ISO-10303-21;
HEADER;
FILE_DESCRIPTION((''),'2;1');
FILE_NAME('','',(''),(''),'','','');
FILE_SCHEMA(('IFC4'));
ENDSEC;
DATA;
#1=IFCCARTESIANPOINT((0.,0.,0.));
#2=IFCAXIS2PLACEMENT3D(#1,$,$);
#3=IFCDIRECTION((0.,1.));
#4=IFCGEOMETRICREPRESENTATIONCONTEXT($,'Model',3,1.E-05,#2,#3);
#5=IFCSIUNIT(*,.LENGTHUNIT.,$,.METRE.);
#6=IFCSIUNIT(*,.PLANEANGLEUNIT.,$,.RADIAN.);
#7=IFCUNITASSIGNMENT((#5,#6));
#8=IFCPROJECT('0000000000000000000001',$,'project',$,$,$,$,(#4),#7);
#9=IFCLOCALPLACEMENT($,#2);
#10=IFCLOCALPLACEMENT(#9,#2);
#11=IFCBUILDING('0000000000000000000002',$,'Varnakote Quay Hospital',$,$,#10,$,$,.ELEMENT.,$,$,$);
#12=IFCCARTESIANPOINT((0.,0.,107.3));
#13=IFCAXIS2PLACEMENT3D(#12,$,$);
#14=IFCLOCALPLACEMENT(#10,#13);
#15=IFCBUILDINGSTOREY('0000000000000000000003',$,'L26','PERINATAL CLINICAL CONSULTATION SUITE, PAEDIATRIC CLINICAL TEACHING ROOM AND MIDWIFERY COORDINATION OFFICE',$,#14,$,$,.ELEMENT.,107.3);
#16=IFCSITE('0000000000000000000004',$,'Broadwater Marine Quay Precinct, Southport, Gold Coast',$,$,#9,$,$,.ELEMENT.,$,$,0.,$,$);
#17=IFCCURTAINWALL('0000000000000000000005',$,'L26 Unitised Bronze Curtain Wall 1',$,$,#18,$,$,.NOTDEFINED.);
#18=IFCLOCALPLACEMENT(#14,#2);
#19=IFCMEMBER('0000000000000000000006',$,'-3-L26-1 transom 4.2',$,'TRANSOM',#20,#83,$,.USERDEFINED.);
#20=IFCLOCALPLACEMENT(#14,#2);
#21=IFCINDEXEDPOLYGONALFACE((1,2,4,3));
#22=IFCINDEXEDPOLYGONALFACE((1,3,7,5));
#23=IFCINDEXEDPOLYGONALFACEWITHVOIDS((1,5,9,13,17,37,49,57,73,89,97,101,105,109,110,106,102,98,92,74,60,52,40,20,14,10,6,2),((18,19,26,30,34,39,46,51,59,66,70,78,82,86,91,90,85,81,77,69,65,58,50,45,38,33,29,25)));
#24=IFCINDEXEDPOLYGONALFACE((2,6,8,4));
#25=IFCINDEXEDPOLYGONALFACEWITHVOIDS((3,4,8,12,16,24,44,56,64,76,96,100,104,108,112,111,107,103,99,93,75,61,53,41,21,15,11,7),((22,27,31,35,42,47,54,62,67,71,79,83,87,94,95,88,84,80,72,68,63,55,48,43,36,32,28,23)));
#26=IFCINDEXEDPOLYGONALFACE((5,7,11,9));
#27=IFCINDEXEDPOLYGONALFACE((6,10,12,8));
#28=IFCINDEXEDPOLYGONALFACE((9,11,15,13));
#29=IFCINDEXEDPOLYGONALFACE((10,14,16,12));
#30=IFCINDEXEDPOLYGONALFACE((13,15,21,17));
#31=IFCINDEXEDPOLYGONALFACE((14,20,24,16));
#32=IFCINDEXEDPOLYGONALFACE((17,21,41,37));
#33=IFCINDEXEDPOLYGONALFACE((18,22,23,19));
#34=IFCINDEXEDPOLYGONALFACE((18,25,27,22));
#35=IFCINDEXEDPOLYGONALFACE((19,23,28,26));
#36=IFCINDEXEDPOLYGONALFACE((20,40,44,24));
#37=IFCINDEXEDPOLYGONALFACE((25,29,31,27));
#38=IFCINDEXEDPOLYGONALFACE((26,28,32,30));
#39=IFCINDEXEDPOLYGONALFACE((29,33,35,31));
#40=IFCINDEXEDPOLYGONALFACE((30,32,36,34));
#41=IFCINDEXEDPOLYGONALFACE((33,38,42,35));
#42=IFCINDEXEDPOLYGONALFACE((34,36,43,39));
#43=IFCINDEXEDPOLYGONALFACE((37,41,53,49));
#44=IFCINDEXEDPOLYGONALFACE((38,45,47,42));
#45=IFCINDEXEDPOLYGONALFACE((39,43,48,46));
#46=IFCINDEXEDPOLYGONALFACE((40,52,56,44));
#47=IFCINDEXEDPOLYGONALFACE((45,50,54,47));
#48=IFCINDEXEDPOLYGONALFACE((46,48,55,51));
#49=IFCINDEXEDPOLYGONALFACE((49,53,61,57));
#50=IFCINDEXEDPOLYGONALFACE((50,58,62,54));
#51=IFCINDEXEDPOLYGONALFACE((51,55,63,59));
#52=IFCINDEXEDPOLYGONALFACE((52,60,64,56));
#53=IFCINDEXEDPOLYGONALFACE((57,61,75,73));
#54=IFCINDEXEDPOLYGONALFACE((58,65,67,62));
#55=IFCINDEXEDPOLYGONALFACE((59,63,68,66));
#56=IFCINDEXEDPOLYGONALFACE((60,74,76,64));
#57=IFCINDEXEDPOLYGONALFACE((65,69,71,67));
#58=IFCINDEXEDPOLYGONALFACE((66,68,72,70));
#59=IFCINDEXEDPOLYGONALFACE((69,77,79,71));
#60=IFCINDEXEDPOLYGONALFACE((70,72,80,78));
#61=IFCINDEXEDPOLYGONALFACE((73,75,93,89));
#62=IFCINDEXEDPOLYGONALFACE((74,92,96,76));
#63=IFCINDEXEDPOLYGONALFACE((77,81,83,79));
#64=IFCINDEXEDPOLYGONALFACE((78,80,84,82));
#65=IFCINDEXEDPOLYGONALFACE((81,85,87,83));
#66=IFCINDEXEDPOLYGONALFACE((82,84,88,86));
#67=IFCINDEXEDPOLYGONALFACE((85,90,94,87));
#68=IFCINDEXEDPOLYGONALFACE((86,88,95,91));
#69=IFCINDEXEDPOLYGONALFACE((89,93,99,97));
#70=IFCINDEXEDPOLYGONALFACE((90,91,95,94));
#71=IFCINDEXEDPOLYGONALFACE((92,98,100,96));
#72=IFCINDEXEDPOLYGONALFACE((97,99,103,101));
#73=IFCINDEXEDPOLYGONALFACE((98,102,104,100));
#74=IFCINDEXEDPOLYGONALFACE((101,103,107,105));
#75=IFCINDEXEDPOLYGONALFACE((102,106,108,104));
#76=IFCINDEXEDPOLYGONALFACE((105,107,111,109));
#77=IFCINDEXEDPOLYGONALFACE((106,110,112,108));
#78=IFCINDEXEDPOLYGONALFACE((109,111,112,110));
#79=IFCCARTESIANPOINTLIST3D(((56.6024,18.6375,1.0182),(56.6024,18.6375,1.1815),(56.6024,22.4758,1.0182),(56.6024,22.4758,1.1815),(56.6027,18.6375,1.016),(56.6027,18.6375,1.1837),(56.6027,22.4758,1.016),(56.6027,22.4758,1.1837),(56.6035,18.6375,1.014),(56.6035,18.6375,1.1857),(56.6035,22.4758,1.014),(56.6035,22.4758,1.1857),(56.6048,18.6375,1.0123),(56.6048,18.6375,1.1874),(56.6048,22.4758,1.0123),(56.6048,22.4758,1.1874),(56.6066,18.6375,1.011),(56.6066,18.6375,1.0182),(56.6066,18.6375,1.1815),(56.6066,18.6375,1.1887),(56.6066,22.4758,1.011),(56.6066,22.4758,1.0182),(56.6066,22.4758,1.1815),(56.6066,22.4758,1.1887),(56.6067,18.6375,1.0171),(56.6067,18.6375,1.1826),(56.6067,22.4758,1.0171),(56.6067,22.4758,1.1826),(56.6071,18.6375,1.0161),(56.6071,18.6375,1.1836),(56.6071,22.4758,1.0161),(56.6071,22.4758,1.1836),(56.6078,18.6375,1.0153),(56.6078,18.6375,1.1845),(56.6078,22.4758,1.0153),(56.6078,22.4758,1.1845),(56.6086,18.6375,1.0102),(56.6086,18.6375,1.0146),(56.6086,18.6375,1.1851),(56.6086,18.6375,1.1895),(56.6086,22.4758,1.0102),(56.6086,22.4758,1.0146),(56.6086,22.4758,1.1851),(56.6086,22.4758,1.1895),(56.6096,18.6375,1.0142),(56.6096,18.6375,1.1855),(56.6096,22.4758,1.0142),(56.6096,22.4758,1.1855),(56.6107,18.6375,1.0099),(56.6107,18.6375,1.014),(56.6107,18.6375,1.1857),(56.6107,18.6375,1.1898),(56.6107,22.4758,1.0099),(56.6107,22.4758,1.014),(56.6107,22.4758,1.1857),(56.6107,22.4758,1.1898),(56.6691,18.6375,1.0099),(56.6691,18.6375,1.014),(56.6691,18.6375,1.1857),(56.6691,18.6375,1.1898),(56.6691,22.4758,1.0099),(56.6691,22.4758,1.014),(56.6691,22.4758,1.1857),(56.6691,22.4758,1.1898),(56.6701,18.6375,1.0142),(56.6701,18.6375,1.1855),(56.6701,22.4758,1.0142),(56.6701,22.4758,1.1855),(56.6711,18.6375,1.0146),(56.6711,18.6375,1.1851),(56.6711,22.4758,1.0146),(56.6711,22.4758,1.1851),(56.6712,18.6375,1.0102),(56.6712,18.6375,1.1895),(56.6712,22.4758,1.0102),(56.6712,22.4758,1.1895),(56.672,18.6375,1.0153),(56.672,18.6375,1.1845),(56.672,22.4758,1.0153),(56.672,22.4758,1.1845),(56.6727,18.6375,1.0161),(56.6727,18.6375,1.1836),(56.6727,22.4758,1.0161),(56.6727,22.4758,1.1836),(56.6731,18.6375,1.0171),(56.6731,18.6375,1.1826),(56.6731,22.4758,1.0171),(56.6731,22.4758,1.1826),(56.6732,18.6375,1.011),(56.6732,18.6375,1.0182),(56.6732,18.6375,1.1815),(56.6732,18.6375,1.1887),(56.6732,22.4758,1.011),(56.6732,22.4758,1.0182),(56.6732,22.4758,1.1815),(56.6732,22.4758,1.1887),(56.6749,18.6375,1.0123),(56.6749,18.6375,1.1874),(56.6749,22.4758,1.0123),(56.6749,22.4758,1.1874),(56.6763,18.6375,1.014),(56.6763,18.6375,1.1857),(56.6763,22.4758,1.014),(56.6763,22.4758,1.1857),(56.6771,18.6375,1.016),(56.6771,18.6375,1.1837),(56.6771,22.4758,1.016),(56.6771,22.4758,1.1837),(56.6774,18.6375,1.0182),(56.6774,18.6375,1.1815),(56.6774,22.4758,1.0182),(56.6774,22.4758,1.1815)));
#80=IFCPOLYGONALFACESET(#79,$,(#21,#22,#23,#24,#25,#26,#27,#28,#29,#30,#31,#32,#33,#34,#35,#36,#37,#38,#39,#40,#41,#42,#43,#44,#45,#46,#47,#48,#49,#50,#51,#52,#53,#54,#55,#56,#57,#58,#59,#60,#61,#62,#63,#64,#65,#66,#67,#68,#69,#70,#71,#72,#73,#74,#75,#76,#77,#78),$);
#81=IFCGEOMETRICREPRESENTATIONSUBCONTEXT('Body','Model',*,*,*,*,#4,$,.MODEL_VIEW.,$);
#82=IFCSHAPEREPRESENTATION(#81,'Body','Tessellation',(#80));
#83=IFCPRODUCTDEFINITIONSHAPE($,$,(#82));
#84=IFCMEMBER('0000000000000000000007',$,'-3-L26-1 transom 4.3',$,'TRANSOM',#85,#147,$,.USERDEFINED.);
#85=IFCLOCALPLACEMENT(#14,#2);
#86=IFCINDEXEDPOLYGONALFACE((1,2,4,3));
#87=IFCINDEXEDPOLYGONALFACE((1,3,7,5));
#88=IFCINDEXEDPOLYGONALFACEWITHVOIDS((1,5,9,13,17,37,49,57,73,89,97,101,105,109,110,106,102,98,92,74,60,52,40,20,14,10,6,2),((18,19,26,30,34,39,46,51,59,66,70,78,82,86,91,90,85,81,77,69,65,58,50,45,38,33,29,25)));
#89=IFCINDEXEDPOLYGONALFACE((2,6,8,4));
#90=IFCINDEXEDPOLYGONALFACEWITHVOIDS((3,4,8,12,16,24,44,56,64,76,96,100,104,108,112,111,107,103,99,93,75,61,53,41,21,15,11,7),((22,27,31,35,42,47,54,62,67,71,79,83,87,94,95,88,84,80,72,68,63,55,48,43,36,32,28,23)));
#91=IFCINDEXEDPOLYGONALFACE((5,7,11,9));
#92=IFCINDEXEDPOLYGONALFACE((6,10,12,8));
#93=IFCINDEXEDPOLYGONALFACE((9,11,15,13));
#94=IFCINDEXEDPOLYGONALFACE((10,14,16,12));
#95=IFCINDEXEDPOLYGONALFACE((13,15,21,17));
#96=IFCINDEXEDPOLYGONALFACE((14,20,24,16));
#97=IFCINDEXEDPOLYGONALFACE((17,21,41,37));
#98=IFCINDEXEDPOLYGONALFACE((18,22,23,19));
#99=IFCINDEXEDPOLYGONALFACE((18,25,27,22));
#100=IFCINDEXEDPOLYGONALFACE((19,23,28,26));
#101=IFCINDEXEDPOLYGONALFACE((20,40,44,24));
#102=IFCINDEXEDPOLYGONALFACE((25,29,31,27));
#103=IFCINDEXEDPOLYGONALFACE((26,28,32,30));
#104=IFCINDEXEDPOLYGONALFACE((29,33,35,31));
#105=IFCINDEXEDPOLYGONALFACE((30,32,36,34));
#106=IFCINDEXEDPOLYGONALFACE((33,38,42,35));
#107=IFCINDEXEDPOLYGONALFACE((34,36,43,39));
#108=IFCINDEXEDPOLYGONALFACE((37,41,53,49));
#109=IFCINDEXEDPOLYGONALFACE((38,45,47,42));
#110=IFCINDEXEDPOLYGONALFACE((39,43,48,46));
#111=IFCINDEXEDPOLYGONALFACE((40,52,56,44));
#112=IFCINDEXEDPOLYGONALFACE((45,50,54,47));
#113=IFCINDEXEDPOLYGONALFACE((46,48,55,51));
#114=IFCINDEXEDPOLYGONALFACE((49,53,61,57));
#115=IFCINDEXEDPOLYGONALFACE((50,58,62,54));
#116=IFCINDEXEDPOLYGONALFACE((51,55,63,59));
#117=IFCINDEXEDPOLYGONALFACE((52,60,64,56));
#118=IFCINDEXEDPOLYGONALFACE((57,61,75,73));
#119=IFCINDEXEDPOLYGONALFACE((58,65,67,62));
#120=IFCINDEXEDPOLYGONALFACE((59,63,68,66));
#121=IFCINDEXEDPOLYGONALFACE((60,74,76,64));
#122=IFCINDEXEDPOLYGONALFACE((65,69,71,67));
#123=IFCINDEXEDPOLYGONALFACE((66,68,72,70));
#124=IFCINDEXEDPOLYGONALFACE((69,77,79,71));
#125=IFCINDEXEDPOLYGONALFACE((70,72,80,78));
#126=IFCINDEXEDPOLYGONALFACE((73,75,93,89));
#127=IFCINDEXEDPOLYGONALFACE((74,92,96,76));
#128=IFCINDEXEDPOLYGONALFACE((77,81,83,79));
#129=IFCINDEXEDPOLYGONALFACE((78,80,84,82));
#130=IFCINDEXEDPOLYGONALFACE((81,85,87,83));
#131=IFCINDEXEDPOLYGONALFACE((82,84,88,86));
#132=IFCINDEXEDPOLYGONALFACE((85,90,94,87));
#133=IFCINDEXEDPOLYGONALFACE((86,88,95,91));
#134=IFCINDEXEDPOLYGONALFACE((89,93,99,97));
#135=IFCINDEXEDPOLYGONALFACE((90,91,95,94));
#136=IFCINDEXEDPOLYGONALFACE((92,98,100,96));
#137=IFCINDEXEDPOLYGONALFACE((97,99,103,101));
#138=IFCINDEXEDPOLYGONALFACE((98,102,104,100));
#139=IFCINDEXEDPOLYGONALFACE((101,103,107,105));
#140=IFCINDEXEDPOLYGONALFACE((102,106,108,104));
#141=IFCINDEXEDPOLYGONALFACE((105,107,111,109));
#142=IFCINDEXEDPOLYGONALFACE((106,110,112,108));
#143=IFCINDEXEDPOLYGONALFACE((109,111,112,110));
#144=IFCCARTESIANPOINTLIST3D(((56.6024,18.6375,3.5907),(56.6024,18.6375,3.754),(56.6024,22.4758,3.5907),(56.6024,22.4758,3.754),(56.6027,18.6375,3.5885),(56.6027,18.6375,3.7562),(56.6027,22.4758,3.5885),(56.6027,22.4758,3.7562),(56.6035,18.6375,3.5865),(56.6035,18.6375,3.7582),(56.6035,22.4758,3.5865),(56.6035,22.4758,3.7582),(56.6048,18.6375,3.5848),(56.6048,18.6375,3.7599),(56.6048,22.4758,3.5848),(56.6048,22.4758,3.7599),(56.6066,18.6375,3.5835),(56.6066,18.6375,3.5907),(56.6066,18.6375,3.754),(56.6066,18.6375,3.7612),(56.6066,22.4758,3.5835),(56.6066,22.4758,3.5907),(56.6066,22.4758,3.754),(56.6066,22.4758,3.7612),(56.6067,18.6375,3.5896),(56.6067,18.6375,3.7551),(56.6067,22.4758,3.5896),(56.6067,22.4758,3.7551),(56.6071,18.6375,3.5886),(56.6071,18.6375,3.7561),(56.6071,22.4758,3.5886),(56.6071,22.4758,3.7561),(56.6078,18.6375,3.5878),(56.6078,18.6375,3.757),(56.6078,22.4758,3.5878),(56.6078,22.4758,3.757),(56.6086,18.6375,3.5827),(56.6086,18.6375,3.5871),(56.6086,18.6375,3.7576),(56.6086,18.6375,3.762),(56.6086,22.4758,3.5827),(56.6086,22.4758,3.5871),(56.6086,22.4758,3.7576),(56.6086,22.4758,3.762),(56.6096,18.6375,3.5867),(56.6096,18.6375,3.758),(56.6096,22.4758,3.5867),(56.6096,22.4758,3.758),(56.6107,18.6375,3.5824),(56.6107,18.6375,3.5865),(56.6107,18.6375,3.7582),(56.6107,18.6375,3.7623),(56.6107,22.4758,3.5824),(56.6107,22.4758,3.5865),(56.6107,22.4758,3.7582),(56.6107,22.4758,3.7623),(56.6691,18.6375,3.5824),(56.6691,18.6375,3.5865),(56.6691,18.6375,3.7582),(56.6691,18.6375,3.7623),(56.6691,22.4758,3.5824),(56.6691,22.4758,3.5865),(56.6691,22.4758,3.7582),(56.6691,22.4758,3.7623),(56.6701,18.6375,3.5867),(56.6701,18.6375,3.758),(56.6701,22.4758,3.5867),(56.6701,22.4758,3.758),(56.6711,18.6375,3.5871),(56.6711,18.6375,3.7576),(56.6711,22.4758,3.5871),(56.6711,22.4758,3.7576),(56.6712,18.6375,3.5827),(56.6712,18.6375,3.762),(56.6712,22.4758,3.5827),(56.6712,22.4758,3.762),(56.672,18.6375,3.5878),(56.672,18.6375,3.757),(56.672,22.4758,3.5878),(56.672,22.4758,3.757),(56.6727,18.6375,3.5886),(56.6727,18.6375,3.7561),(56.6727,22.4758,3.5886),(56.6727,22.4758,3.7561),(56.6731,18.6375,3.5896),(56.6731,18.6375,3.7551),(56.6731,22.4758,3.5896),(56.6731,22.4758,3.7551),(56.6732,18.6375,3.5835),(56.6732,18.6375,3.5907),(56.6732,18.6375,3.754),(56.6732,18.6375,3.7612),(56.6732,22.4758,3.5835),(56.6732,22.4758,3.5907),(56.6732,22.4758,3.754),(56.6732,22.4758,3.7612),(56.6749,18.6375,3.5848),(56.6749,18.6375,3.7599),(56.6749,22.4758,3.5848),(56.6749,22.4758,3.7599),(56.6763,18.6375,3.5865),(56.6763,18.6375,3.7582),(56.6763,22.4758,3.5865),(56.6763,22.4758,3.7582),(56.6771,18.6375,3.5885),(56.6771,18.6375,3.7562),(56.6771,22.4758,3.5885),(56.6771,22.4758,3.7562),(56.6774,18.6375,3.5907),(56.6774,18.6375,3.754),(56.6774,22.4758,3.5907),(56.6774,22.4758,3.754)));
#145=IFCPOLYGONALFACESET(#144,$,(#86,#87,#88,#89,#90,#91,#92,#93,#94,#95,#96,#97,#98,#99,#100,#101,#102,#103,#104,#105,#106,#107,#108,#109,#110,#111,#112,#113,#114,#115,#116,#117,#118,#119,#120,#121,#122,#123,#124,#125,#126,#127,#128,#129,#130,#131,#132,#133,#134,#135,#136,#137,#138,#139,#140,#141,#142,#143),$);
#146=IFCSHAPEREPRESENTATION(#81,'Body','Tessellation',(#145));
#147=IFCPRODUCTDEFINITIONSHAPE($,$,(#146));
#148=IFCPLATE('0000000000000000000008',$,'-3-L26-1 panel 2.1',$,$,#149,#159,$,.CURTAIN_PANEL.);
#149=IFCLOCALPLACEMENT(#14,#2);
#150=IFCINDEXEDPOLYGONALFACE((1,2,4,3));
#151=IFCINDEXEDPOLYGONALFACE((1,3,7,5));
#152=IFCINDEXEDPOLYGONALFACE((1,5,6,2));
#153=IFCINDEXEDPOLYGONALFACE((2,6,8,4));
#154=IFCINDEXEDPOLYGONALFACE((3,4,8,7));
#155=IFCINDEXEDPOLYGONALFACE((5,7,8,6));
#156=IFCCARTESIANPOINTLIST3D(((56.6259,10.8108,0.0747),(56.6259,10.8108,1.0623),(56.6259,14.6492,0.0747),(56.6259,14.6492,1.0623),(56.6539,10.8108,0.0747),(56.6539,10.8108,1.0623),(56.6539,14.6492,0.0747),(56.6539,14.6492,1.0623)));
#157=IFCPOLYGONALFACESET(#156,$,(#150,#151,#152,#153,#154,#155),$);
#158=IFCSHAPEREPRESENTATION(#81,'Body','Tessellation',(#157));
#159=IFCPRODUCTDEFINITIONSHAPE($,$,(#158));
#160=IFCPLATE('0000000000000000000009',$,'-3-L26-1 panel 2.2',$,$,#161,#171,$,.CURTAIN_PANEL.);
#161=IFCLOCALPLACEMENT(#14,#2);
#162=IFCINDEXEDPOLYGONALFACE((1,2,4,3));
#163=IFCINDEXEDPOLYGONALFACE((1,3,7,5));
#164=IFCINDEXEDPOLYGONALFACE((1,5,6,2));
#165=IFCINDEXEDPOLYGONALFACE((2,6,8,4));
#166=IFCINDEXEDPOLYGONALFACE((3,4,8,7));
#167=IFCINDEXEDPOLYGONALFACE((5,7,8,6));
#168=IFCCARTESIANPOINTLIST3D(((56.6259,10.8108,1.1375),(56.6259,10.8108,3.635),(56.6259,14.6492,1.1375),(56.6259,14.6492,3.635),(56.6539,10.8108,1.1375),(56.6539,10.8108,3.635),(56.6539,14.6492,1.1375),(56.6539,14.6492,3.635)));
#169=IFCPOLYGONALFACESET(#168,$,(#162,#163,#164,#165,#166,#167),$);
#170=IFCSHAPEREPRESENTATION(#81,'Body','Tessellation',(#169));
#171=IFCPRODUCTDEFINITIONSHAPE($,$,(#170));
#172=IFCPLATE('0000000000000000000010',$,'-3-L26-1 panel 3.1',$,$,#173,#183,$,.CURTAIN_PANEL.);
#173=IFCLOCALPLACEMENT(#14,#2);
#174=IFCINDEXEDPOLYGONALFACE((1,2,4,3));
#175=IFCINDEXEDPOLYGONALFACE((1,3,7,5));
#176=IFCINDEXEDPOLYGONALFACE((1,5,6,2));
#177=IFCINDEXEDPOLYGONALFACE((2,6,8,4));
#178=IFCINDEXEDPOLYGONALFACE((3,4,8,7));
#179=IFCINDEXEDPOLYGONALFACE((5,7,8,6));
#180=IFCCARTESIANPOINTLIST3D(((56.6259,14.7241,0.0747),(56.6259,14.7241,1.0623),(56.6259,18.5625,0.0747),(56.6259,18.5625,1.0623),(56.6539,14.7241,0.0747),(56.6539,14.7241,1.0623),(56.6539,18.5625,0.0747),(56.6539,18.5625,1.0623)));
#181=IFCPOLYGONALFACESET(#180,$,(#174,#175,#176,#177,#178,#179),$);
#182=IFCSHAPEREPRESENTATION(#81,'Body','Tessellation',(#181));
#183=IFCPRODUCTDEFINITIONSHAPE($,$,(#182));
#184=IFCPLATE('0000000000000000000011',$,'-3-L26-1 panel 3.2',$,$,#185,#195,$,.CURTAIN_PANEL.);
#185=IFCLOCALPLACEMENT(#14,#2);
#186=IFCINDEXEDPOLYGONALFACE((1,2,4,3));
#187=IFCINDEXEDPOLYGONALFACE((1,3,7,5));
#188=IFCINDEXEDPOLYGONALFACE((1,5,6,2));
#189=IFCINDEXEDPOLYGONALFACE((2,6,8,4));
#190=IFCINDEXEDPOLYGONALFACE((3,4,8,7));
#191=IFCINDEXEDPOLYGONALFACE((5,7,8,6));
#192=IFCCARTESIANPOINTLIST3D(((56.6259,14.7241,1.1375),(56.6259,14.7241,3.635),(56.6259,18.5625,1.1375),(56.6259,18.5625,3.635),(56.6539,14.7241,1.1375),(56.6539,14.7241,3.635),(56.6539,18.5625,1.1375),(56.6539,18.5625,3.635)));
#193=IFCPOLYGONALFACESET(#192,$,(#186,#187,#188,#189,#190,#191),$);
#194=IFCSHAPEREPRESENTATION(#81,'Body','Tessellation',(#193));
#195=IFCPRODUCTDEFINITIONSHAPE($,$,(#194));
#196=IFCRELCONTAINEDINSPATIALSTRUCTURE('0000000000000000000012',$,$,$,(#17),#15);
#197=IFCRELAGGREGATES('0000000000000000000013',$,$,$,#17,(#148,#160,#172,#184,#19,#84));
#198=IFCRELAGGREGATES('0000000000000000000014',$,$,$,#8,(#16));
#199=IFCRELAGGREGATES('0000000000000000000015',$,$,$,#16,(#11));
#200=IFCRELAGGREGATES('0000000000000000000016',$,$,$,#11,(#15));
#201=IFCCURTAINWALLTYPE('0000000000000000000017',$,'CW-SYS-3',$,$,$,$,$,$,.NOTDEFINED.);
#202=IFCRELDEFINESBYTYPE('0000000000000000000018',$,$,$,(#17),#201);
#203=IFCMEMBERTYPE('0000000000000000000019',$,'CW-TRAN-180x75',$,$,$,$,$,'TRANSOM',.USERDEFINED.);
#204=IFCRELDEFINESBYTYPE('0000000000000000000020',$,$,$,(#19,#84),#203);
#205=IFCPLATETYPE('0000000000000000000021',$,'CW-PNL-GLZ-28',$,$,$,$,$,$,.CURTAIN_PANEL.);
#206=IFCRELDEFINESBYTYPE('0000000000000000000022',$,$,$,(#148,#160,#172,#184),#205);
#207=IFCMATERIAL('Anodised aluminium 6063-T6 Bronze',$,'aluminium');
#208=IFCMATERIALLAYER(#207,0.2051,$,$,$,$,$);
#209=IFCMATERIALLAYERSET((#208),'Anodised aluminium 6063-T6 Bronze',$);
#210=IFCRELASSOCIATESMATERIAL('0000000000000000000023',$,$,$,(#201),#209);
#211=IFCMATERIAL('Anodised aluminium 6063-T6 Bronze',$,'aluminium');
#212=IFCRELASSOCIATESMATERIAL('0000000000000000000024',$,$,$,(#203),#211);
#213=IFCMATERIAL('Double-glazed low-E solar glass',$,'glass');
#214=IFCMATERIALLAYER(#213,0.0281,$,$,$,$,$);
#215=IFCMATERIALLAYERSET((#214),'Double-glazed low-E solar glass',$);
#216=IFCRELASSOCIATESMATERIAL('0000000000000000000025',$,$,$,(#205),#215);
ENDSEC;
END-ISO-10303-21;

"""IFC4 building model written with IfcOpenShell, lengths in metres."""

from ifc_helpers import new_model, si_unit, direction, frame, origin, origin_2d, place, context, subcontext, project, spatial, rectangle, hollow_rectangle, extrude, material, layer, layer_set, material_profile, profile_set, type_object, element, aggregate, save


model = new_model("IFC4")

# Units and contexts
model_context = context("Model", 3, precision=1e-05, world=origin(), true_north=direction((0.0, 1.0)))
body_context = subcontext(model_context, "Body", "Model", "MODEL_VIEW")
ifc_project = project(units=[si_unit("LENGTHUNIT", "METRE"), si_unit("PLANEANGLEUNIT", "RADIAN")], contexts=[model_context])

# Site, building, storey
site_placement = place(None, origin())
site = spatial("IfcSite", under=ifc_project, at=site_placement, Name="Broadwater Marine Quay Precinct, Southport, Gold Coast", CompositionType="ELEMENT", RefElevation=0.0)
building_placement = place(site_placement, origin())
building = spatial("IfcBuilding", under=site, at=building_placement, Name="Varnakote Quay Hospital", CompositionType="ELEMENT")
storey_placement = place(building_placement, frame((0.0, 0.0, 107.3)))
storey = spatial("IfcBuildingStorey", under=building, at=storey_placement, Name="L26", Description="PERINATAL CLINICAL CONSULTATION SUITE, PAEDIATRIC CLINICAL TEACHING ROOM AND MIDWIFERY COORDINATION OFFICE", CompositionType="ELEMENT", Elevation=107.3)

# Curtain wall, members, plates
ifc_material_1 = material(Name="Anodised aluminium 6063-T6 Bronze", Category="aluminium")
ifc_layer_1 = layer(ifc_material_1, 0.2051)
ifc_layer_set_1 = layer_set([ifc_layer_1], Name="Anodised aluminium 6063-T6 Bronze")
curtain_wall_type = type_object("IfcCurtainWallType", Name="CW-SYS-3", PredefinedType="NOTDEFINED", material=ifc_layer_set_1)
curtain_wall_placement = place(storey_placement, origin())
curtain_wall = element("IfcCurtainWall", 1, at=curtain_wall_placement, inside=storey, type_object=curtain_wall_type, Name="L26 Unitised Bronze Curtain Wall 1", PredefinedType="NOTDEFINED")
ifc_material_2 = material(Name="Anodised aluminium 6063-T6 Bronze", Category="aluminium")
ifc_material_profile_1 = material_profile(ifc_material_2, hollow_rectangle(XDim=0.075, YDim=0.1799, WallThickness=0.0042, InnerFilletRadius=0.0042, OuterFilletRadius=0.0083, at=origin_2d()), Name="CW-TRAN-180x75")
ifc_profile_set_1 = profile_set([ifc_material_profile_1], Name="Anodised aluminium 6063-T6 Bronze")
member_type_1 = type_object("IfcMemberType", Name="CW-TRAN-180x75", ElementType="TRANSOM", PredefinedType="USERDEFINED", material=ifc_profile_set_1)
member_1_placement = place(storey_placement, frame((56.6399, 18.6375, 1.0999), z_axis=(0.0, 1.0, 0.0), x_axis=(-1.0, 0.0, 0.0)))
member_1 = element("IfcMember", 2, at=member_1_placement, type_object=member_type_1, Name="-3-L26-1 transom 4.2", ObjectType="TRANSOM", PredefinedType="USERDEFINED", context=body_context, shape_type="SweptSolid", body=[
    extrude(hollow_rectangle(XDim=0.075, YDim=0.1799, WallThickness=0.0042, InnerFilletRadius=0.0042, OuterFilletRadius=0.0083, at=origin_2d()), origin(), (0.0, 0.0, 1.0), 3.8384),
])
member_2_placement = place(storey_placement, frame((56.6399, 18.6375, 3.6724), z_axis=(0.0, 1.0, 0.0), x_axis=(-1.0, 0.0, 0.0)))
member_2 = element("IfcMember", 3, at=member_2_placement, type_object=member_type_1, Name="-3-L26-1 transom 4.3", ObjectType="TRANSOM", PredefinedType="USERDEFINED", context=body_context, shape_type="SweptSolid", body=[
    extrude(hollow_rectangle(XDim=0.075, YDim=0.1799, WallThickness=0.0042, InnerFilletRadius=0.0042, OuterFilletRadius=0.0083, at=origin_2d()), origin(), (0.0, 0.0, 1.0), 3.8384),
])
ifc_material_3 = material(Name="Double-glazed low-E solar glass", Category="glass")
ifc_layer_2 = layer(ifc_material_3, 0.0281)
ifc_layer_set_2 = layer_set([ifc_layer_2], Name="Double-glazed low-E solar glass")
plate_type = type_object("IfcPlateType", Name="CW-PNL-GLZ-28", PredefinedType="CURTAIN_PANEL", material=ifc_layer_set_2)
plate_1_placement = place(storey_placement, frame((56.6399, 12.73, 0.0747), z_axis=(0.0, 0.0, 1.0), x_axis=(0.0, 1.0, 0.0)))
plate_1 = element("IfcPlate", 4, at=plate_1_placement, type_object=plate_type, Name="-3-L26-1 panel 2.1", PredefinedType="CURTAIN_PANEL", context=body_context, shape_type="SweptSolid", body=[
    extrude(rectangle(XDim=3.8384, YDim=0.0281, at=origin_2d()), origin(), (0.0, 0.0, 1.0), 0.9875),
])
plate_2_placement = place(storey_placement, frame((56.6399, 12.73, 1.1375), z_axis=(0.0, 0.0, 1.0), x_axis=(0.0, 1.0, 0.0)))
plate_2 = element("IfcPlate", 5, at=plate_2_placement, type_object=plate_type, Name="-3-L26-1 panel 2.2", PredefinedType="CURTAIN_PANEL", context=body_context, shape_type="SweptSolid", body=[
    extrude(rectangle(XDim=3.8384, YDim=0.0281, at=origin_2d()), origin(), (0.0, 0.0, 1.0), 2.4976),
])
plate_3_placement = place(storey_placement, frame((56.6399, 16.6433, 0.0747), z_axis=(0.0, 0.0, 1.0), x_axis=(0.0, 1.0, 0.0)))
plate_3 = element("IfcPlate", 6, at=plate_3_placement, type_object=plate_type, Name="-3-L26-1 panel 3.1", PredefinedType="CURTAIN_PANEL", context=body_context, shape_type="SweptSolid", body=[
    extrude(rectangle(XDim=3.8384, YDim=0.0281, at=origin_2d()), origin(), (0.0, 0.0, 1.0), 0.9875),
])
plate_4_placement = place(storey_placement, frame((56.6399, 16.6433, 1.1375), z_axis=(0.0, 0.0, 1.0), x_axis=(0.0, 1.0, 0.0)))
plate_4 = element("IfcPlate", 7, at=plate_4_placement, type_object=plate_type, Name="-3-L26-1 panel 3.2", PredefinedType="CURTAIN_PANEL", context=body_context, shape_type="SweptSolid", body=[
    extrude(rectangle(XDim=3.8384, YDim=0.0281, at=origin_2d()), origin(), (0.0, 0.0, 1.0), 2.4976),
])
aggregate(curtain_wall, [plate_1, plate_2, plate_3, plate_4, member_1, member_2])

save(model, "model.ifc")
